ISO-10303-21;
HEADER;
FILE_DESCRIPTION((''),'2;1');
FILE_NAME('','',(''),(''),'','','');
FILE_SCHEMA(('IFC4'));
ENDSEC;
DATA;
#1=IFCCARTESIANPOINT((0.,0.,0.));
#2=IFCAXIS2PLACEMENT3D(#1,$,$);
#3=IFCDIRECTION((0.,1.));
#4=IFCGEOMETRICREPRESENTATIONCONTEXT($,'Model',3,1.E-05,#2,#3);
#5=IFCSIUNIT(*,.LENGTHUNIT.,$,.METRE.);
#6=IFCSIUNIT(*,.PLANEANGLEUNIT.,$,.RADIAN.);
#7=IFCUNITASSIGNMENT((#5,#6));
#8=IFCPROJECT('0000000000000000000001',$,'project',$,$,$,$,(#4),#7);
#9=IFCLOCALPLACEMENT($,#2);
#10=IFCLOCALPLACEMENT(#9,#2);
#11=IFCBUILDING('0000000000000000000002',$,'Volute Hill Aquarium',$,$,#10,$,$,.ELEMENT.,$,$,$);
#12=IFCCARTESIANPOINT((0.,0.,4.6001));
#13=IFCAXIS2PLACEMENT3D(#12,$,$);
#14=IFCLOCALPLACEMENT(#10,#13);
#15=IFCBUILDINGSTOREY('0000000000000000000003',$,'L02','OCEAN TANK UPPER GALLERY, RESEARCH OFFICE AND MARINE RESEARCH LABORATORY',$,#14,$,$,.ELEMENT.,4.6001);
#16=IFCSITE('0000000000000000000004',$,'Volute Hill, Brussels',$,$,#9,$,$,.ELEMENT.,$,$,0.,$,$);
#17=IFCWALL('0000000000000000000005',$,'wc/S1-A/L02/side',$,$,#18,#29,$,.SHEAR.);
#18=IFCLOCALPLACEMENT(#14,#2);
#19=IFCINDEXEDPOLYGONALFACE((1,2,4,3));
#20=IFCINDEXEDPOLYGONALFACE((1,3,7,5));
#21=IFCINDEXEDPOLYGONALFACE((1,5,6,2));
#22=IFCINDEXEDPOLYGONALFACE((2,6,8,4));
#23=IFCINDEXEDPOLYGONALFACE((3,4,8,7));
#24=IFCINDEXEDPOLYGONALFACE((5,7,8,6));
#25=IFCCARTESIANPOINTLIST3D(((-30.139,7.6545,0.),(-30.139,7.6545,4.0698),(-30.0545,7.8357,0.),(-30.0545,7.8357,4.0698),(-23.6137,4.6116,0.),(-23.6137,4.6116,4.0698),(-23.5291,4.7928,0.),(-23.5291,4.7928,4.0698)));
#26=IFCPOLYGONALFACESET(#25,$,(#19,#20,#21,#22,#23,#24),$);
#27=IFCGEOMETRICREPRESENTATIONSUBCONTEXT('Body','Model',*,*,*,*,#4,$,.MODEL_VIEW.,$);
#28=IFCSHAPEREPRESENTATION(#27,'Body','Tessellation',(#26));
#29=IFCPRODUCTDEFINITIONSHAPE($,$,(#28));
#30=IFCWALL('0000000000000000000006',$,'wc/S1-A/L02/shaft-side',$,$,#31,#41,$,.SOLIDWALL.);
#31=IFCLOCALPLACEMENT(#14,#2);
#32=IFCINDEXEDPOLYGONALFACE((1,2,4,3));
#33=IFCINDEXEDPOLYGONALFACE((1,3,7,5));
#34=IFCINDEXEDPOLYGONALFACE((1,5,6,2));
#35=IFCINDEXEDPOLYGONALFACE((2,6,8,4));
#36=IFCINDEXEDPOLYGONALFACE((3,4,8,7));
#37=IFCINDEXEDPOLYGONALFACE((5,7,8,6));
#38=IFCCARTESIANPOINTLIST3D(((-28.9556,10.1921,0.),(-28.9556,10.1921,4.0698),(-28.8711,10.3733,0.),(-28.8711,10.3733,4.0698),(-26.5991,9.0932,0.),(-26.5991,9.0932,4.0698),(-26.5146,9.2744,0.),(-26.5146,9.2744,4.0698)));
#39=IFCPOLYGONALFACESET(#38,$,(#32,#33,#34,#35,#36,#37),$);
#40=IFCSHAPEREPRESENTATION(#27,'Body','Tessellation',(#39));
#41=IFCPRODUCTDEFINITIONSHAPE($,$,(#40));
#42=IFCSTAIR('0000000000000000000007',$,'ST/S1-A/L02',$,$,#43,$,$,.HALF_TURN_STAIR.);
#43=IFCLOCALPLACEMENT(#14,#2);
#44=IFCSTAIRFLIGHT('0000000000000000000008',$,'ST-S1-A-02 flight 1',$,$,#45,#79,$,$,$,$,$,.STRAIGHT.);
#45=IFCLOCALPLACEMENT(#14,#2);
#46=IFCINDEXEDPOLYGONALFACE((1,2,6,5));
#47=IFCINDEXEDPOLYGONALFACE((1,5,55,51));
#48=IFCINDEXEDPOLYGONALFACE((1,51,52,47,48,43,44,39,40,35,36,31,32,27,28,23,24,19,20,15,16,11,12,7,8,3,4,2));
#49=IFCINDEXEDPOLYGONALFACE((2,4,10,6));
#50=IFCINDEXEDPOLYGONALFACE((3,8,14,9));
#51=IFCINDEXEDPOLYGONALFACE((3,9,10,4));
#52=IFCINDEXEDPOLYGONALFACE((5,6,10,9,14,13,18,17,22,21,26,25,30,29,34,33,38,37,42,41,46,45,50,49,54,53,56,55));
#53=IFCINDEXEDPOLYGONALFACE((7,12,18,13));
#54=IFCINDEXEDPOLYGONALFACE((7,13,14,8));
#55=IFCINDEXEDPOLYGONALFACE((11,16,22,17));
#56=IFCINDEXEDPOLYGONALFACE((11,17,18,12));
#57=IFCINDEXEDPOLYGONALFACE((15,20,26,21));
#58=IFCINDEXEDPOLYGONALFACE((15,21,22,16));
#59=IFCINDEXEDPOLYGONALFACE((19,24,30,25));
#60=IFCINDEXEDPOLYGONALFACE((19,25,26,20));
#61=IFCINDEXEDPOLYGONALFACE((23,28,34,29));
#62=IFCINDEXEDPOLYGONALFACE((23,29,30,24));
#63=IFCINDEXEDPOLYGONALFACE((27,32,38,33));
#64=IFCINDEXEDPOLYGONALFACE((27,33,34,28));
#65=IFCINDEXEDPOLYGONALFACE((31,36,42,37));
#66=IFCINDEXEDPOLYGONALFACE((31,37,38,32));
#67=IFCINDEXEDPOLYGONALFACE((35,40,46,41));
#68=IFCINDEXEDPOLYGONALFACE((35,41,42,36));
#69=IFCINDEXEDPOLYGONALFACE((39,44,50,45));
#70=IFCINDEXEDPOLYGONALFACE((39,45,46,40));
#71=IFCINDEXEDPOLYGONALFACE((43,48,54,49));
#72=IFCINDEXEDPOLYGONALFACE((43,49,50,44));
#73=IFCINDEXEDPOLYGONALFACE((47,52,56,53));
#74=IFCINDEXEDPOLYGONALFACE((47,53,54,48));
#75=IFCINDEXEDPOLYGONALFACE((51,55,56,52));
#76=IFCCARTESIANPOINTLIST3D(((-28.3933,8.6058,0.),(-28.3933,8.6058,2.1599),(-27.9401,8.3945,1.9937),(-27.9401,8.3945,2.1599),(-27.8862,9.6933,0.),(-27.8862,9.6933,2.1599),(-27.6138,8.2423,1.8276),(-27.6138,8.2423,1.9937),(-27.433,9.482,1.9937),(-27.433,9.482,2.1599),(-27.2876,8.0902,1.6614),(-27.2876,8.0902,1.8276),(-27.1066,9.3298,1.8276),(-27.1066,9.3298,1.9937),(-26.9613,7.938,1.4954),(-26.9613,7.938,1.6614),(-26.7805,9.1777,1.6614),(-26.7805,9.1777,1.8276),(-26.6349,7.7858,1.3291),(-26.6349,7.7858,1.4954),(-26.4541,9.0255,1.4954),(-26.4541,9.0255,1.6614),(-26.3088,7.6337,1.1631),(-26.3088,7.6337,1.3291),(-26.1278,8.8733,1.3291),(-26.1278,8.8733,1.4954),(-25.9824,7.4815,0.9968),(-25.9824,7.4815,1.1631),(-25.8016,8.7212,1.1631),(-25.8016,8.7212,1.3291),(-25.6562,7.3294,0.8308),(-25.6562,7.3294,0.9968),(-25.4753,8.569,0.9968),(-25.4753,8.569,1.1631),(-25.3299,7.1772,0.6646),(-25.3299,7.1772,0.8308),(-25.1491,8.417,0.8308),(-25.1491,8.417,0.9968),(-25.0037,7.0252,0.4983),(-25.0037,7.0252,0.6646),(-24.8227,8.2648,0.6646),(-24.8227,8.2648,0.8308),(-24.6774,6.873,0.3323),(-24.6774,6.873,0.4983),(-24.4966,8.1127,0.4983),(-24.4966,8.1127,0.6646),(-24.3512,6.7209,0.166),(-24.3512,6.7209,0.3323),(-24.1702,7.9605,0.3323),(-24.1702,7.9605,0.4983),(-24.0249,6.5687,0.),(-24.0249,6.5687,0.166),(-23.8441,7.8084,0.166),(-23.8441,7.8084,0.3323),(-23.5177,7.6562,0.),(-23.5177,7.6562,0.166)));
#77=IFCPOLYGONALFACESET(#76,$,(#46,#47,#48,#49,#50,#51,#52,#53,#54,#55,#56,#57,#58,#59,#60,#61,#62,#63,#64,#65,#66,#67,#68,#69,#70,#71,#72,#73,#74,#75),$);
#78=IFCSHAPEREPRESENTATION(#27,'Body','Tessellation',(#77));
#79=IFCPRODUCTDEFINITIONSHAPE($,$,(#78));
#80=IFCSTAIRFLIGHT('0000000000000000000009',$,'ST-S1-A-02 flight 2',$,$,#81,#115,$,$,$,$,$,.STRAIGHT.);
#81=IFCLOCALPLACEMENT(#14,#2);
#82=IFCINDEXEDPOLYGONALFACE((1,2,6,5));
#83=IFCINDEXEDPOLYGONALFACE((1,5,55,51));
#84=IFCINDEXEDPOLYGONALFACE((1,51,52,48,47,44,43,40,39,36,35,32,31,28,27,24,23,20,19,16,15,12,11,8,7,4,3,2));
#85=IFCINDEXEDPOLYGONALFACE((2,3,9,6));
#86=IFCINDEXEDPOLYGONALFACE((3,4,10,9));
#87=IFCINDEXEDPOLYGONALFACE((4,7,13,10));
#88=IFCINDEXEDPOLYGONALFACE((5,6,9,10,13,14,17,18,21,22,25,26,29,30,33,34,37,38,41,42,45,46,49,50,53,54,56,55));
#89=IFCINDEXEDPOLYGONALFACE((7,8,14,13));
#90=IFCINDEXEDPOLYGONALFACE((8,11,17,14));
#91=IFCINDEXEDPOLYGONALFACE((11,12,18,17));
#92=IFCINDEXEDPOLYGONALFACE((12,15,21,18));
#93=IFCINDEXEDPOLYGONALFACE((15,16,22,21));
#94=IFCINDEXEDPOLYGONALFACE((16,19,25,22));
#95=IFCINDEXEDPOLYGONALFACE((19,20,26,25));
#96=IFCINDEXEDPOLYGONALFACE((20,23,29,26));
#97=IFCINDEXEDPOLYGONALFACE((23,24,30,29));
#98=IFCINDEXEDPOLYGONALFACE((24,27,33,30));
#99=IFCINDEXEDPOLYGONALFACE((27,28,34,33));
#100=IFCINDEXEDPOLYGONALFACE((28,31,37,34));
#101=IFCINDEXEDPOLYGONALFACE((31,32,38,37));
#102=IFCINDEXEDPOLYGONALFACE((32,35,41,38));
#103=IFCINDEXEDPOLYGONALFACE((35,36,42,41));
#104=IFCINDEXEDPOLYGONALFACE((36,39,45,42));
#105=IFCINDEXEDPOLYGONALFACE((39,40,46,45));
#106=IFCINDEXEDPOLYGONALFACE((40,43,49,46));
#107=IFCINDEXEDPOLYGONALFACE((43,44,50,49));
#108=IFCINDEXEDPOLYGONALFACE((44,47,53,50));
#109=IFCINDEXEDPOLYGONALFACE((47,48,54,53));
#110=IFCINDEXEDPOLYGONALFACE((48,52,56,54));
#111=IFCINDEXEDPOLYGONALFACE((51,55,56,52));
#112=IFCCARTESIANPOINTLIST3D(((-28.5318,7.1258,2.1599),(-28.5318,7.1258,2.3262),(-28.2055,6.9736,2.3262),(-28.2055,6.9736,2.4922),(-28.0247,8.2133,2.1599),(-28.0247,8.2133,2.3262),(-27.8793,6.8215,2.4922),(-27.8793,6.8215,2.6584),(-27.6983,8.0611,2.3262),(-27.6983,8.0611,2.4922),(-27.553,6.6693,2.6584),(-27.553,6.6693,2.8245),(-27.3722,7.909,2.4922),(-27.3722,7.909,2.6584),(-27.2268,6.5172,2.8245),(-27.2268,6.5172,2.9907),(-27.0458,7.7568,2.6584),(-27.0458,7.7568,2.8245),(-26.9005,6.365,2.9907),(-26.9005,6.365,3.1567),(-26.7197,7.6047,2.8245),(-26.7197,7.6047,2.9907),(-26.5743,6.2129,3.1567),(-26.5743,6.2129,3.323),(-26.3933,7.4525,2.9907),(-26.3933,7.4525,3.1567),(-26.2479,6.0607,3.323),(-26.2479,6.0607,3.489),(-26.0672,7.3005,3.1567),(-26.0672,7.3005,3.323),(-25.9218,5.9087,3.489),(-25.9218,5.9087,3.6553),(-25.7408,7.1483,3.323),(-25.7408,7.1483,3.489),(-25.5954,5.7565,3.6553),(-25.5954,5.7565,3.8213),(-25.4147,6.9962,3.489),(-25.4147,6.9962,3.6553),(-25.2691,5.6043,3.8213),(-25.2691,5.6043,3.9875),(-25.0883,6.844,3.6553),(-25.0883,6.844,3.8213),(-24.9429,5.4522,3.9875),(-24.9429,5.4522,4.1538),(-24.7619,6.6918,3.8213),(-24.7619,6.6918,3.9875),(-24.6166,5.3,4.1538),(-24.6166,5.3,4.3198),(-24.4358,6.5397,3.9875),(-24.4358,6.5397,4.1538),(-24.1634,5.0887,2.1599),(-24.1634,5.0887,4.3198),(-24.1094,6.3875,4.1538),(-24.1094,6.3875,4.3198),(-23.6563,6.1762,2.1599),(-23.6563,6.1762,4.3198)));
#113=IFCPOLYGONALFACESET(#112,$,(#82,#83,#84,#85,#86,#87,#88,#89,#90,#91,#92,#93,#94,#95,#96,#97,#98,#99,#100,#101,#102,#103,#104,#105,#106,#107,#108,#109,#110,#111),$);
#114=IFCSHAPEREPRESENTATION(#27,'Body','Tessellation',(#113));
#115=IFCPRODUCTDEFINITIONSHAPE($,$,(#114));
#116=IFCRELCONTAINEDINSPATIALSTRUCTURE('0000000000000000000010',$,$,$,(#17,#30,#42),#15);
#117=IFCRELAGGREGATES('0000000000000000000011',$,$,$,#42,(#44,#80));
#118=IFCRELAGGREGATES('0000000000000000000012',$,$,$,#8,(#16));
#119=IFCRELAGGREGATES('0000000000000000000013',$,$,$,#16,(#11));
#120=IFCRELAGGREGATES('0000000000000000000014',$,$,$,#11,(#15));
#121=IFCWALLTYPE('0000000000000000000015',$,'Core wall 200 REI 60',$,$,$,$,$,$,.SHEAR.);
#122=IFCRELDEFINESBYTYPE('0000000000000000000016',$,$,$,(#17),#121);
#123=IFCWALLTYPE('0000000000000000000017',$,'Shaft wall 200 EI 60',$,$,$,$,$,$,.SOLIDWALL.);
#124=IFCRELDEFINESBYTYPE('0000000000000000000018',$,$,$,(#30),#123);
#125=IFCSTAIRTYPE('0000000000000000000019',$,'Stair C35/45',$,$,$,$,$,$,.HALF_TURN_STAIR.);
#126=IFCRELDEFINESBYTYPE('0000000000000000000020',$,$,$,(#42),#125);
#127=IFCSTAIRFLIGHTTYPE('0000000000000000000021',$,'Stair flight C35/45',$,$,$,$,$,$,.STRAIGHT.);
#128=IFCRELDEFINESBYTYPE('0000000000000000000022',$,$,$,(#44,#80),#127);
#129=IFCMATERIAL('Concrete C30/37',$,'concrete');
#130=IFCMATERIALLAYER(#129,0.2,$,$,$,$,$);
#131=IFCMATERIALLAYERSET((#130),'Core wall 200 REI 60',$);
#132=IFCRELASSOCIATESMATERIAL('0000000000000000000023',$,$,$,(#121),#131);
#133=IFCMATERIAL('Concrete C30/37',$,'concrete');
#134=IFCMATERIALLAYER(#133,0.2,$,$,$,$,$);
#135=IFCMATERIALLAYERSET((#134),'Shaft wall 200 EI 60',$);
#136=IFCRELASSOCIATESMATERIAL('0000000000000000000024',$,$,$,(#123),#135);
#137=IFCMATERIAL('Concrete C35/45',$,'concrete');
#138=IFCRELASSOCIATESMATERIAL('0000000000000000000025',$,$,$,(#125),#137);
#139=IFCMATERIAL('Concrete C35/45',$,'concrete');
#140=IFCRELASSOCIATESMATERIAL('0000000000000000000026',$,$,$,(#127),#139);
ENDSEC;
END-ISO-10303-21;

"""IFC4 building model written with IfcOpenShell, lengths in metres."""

from ifc_helpers import new_model, si_unit, direction, frame, frame_2d, origin, place, context, subcontext, project, spatial, polyline, rectangle, outline, extrude, material, layer, layer_set, type_object, element, aggregate, save


model = new_model("IFC4")

# Units and contexts
model_context = context("Model", 3, precision=1e-05, world=origin(), true_north=direction((0.0, 1.0)))
body_context = subcontext(model_context, "Body", "Model", "MODEL_VIEW")
ifc_project = project(units=[si_unit("LENGTHUNIT", "METRE"), si_unit("PLANEANGLEUNIT", "RADIAN")], contexts=[model_context])

# Site, building, storey
site_placement = place(None, origin())
site = spatial("IfcSite", under=ifc_project, at=site_placement, Name="Volute Hill, Brussels", CompositionType="ELEMENT", RefElevation=0.0)
building_placement = place(site_placement, origin())
building = spatial("IfcBuilding", under=site, at=building_placement, Name="Volute Hill Aquarium", CompositionType="ELEMENT")
storey_placement = place(building_placement, frame((0.0, 0.0, 4.6001)))
storey = spatial("IfcBuildingStorey", under=building, at=storey_placement, Name="L02", Description="OCEAN TANK UPPER GALLERY, RESEARCH OFFICE AND MARINE RESEARCH LABORATORY", CompositionType="ELEMENT", Elevation=4.6001)

# Walls
ifc_material_1 = material(Name="Concrete C30/37", Category="concrete")
ifc_layer_1 = layer(ifc_material_1, 0.2)
ifc_layer_set_1 = layer_set([ifc_layer_1], Name="Core wall 200 REI 60")
wall_type_1 = type_object("IfcWallType", Name="Core wall 200 REI 60", PredefinedType="SHEAR", material=ifc_layer_set_1)
wall_1_placement = place(storey_placement, frame((-23.5713, 4.7021, 0.0), z_axis=(0.0, 0.0, 1.0), x_axis=(-0.906301, 0.422633, 0.0)))
element("IfcWall", 1, at=wall_1_placement, inside=storey, type_object=wall_type_1, Name="wc/S1-A/L02/side", PredefinedType="SHEAR", context=body_context, shape_type="SweptSolid", body=[
    extrude(rectangle(XDim=7.2, YDim=0.2, at=frame_2d((3.6001, 0.0))), origin(), (0.0, 0.0, 1.0), 4.0698),
])
ifc_material_2 = material(Name="Concrete C30/37", Category="concrete")
ifc_layer_2 = layer(ifc_material_2, 0.2)
ifc_layer_set_2 = layer_set([ifc_layer_2], Name="Shaft wall 200 EI 60")
wall_type_2 = type_object("IfcWallType", Name="Shaft wall 200 EI 60", PredefinedType="SOLIDWALL", material=ifc_layer_set_2)
wall_2_placement = place(storey_placement, frame((-26.5569, 9.1838, 0.0), z_axis=(0.0, 0.0, 1.0), x_axis=(-0.906301, 0.422634, 0.0)))
element("IfcWall", 2, at=wall_2_placement, inside=storey, type_object=wall_type_2, Name="wc/S1-A/L02/shaft-side", PredefinedType="SOLIDWALL", context=body_context, shape_type="SweptSolid", body=[
    extrude(rectangle(XDim=2.6001, YDim=0.2, at=frame_2d((1.3, 0.0))), origin(), (0.0, 0.0, 1.0), 4.0698),
])

# Stair, stair flights
ifc_material_3 = material(Name="Concrete C35/45", Category="concrete")
stair_type = type_object("IfcStairType", Name="Stair C35/45", PredefinedType="HALF_TURN_STAIR", material=ifc_material_3)
stair_placement = place(storey_placement, origin())
stair = element("IfcStair", 3, at=stair_placement, inside=storey, type_object=stair_type, Name="ST/S1-A/L02", PredefinedType="HALF_TURN_STAIR")
ifc_material_4 = material(Name="Concrete C35/45", Category="concrete")
stair_flight_type = type_object("IfcStairFlightType", Name="Stair flight C35/45", PredefinedType="STRAIGHT", material=ifc_material_4)
stair_flight_1_placement = place(storey_placement, frame((-23.7712, 7.1125, 0.0), z_axis=(0.0, 0.0, 1.0), x_axis=(-0.906301, 0.422633, 0.0)))
stair_flight_1 = element("IfcStairFlight", 4, at=stair_flight_1_placement, type_object=stair_flight_type, Name="ST-S1-A-02 flight 1", PredefinedType="STRAIGHT", context=body_context, shape_type="SweptSolid", body=[
    extrude(outline(polyline([(0.0, 0.0), (4.8201, 0.0), (4.8201, 2.1599), (4.3201, 2.1599), (4.3201, 1.9937), (3.96, 1.9937), (3.96, 1.8276), (3.6001, 1.8276), (3.6001, 1.6614), (3.24, 1.6614), (3.24, 1.4954), (2.8799, 1.4954), (2.8799, 1.3291), (2.52, 1.3291), (2.52, 1.1631), (2.1599, 1.1631), (2.1599, 0.9968), (1.8, 0.9968), (1.8, 0.8308), (1.4399, 0.8308), (1.4399, 0.6646), (1.0801, 0.6646), (1.0801, 0.4983), (0.72, 0.4983), (0.72, 0.3323), (0.3601, 0.3323), (0.3601, 0.166), (0.0, 0.166), (0.0, 0.0), (0.0, 0.0)])), frame((0.0, 0.6001, 0.0), z_axis=(0.0, -1.0, 0.0), x_axis=(1.0, 0.0, 0.0)), (0.0, 0.0, 1.0), 1.2),
])
stair_flight_2_placement = place(storey_placement, frame((-28.2783, 7.6694, 2.1599), z_axis=(0.0, 0.0, 1.0), x_axis=(0.906301, -0.422633, 0.0)))
stair_flight_2 = element("IfcStairFlight", 5, at=stair_flight_2_placement, type_object=stair_flight_type, Name="ST-S1-A-02 flight 2", PredefinedType="STRAIGHT", context=body_context, shape_type="SweptSolid", body=[
    extrude(outline(polyline([(0.0, 0.0), (4.8201, 0.0), (4.8201, 2.1599), (4.3201, 2.1599), (4.3201, 1.9939), (3.96, 1.9939), (3.96, 1.8276), (3.6001, 1.8276), (3.6001, 1.6614), (3.24, 1.6614), (3.24, 1.4954), (2.8799, 1.4954), (2.8799, 1.3291), (2.52, 1.3291), (2.52, 1.1631), (2.1599, 1.1631), (2.1599, 0.9968), (1.8, 0.9968), (1.8, 0.8308), (1.4399, 0.8308), (1.4399, 0.6646), (1.0801, 0.6646), (1.0801, 0.4985), (0.72, 0.4985), (0.72, 0.3323), (0.3601, 0.3323), (0.3601, 0.1663), (0.0, 0.1663), (0.0, 0.0), (0.0, 0.0)])), frame((0.0, 0.6001, 0.0), z_axis=(0.0, -1.0, 0.0), x_axis=(1.0, 0.0, 0.0)), (0.0, 0.0, 1.0), 1.2),
])
aggregate(stair, [stair_flight_1, stair_flight_2])

save(model, "model.ifc")
